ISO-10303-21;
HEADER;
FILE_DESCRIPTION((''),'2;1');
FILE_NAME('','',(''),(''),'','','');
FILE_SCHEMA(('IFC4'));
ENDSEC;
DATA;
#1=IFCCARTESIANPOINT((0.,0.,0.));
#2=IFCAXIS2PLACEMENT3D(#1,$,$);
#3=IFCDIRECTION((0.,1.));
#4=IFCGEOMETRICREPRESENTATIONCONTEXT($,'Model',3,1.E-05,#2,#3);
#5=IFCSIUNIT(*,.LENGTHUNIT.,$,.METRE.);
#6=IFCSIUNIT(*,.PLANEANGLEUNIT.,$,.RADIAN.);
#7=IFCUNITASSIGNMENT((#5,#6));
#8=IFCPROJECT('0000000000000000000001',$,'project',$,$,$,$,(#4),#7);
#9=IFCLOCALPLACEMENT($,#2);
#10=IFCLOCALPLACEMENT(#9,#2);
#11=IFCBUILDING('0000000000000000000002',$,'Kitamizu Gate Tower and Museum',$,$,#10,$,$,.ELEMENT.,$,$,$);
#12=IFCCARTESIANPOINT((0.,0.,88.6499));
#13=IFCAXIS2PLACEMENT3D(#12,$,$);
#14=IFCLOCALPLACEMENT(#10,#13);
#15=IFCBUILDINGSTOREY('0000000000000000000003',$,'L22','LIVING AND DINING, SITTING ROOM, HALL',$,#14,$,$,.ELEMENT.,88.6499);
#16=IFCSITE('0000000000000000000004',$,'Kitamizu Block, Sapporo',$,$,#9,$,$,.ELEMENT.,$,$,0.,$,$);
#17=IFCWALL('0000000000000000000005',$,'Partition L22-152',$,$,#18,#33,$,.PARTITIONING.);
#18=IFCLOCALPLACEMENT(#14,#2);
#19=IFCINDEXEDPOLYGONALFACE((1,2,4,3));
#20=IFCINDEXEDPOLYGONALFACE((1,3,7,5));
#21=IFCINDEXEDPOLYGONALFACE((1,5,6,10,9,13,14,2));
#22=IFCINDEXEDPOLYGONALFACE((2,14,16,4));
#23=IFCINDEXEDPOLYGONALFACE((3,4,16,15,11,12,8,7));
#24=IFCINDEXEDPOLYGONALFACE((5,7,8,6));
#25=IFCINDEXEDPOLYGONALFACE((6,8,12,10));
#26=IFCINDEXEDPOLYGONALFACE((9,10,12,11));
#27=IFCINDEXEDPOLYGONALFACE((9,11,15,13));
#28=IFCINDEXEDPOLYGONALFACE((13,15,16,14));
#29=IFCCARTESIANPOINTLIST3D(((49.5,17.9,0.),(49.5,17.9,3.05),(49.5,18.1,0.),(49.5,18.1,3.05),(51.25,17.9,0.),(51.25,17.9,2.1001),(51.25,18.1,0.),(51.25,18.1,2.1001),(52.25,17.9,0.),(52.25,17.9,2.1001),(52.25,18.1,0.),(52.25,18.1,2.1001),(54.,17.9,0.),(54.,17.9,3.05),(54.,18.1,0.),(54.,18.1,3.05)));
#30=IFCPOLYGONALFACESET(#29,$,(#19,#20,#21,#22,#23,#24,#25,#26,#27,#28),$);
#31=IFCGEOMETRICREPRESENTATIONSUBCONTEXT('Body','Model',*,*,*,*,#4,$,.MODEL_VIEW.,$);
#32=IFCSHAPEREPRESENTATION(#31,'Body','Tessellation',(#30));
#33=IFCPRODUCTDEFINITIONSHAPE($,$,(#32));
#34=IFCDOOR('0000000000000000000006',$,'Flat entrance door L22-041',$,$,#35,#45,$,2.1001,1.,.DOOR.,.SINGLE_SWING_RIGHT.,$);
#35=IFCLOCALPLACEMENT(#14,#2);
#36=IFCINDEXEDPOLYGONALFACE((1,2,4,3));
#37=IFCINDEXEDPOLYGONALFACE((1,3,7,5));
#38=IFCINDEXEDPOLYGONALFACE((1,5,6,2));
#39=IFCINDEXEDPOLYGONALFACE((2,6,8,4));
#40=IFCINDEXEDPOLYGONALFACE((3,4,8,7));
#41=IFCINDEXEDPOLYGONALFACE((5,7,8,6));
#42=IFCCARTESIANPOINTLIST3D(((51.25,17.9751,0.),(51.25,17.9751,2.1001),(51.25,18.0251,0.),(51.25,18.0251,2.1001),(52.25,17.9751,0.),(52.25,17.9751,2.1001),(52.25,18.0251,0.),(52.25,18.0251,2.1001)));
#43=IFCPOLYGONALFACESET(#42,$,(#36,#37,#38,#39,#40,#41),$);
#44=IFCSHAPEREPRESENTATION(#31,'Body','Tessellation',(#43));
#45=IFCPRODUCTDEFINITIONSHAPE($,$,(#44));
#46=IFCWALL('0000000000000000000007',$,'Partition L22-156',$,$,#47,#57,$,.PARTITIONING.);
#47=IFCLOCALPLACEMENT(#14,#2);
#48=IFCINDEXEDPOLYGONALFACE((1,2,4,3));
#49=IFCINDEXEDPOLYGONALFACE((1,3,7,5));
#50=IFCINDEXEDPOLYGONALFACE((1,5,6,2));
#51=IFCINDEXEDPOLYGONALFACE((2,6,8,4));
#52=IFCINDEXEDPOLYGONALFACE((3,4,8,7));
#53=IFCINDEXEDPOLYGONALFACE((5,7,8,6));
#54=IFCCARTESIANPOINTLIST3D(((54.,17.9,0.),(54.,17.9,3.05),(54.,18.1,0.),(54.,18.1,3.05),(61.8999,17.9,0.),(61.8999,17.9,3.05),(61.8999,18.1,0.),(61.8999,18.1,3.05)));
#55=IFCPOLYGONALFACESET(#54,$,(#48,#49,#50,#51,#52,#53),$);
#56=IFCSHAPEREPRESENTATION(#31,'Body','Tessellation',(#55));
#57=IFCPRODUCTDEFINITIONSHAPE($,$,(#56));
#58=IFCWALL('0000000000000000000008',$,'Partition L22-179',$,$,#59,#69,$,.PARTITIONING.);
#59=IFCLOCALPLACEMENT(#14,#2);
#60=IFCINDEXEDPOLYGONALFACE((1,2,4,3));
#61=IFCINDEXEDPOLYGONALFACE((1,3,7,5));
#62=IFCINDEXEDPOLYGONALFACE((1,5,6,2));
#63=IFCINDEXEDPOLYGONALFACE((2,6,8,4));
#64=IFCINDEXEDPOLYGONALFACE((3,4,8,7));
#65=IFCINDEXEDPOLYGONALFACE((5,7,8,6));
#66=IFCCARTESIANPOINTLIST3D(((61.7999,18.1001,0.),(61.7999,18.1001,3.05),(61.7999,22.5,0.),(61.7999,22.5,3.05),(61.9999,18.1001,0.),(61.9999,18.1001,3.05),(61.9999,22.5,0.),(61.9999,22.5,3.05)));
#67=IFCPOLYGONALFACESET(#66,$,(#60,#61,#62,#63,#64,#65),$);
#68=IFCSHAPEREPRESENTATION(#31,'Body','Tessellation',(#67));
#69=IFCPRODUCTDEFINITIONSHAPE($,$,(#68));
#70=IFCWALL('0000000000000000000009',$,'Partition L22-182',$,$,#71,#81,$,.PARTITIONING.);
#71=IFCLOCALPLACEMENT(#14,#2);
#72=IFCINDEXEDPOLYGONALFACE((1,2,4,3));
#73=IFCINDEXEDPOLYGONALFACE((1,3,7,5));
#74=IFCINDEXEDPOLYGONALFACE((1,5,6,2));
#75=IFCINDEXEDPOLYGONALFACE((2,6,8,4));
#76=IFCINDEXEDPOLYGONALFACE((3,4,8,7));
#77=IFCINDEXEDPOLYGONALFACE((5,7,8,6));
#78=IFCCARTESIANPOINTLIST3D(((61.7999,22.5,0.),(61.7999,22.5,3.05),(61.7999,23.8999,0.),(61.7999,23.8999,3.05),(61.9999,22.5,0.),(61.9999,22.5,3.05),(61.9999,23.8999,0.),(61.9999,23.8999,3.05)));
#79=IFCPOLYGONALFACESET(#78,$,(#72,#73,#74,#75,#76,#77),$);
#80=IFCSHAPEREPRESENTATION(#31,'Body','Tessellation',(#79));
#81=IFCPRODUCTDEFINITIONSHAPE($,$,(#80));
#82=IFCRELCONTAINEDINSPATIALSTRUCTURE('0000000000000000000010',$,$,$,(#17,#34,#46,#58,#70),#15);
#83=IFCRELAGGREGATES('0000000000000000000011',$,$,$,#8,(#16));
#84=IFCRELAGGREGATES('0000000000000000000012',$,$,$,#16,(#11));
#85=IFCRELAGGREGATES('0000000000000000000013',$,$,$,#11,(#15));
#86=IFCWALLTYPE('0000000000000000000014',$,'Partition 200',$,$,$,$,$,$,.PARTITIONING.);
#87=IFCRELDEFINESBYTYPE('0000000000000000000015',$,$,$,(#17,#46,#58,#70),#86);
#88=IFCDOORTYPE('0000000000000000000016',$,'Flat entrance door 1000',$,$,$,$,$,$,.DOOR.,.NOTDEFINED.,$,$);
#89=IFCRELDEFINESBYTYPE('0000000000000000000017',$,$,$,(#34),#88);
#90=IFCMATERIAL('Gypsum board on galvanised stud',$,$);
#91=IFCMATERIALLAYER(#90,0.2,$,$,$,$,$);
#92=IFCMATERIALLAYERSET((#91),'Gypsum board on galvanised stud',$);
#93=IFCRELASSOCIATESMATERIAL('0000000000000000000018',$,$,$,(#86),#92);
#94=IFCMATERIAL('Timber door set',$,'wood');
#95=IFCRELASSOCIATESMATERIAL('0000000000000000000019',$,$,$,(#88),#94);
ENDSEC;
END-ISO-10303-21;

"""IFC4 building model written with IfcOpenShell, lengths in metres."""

from ifc_helpers import new_model, si_unit, direction, frame, frame_2d, origin, place, context, subcontext, project, spatial, rectangle, extrude, material, layer, layer_set, type_object, element, fill, save


model = new_model("IFC4")

# Units and contexts
model_context = context("Model", 3, precision=1e-05, world=origin(), true_north=direction((0.0, 1.0)))
body_context = subcontext(model_context, "Body", "Model", "MODEL_VIEW")
ifc_project = project(units=[si_unit("LENGTHUNIT", "METRE"), si_unit("PLANEANGLEUNIT", "RADIAN")], contexts=[model_context])

# Site, building, storey
site_placement = place(None, origin())
site = spatial("IfcSite", under=ifc_project, at=site_placement, Name="Kitamizu Block, Sapporo", CompositionType="ELEMENT", RefElevation=0.0)
building_placement = place(site_placement, origin())
building = spatial("IfcBuilding", under=site, at=building_placement, Name="Kitamizu Gate Tower and Museum", CompositionType="ELEMENT")
storey_placement = place(building_placement, frame((0.0, 0.0, 88.6499)))
storey = spatial("IfcBuildingStorey", under=building, at=storey_placement, Name="L22", Description="LIVING AND DINING, SITTING ROOM, HALL", CompositionType="ELEMENT", Elevation=88.6499)

# Wall, opening, door
ifc_material_1 = material(Name="Gypsum board on galvanised stud")
ifc_layer_1 = layer(ifc_material_1, 0.2)
ifc_layer_set_1 = layer_set([ifc_layer_1], Name="Gypsum board on galvanised stud")
wall_type_1 = type_object("IfcWallType", Name="Partition 200", PredefinedType="PARTITIONING", material=ifc_layer_set_1)
wall_1_placement = place(storey_placement, frame((54.0, 18.0, 0.0), z_axis=(0.0, 0.0, 1.0), x_axis=(-1.0, 0.0, 0.0)))
wall_1 = element("IfcWall", 1, at=wall_1_placement, inside=storey, type_object=wall_type_1, Name="Partition L22-152", PredefinedType="PARTITIONING", context=body_context, shape_type="SweptSolid", body=[
    extrude(rectangle(XDim=4.5, YDim=0.2, at=frame_2d((2.25, 0.0))), origin(), (0.0, 0.0, 1.0), 3.05),
])
opening_1_placement = place(wall_1_placement, frame((1.75, 0.0, 0.0)))
opening_1 = element("IfcOpeningElement", 2, at=opening_1_placement, cuts=wall_1, PredefinedType="OPENING", context=body_context, shape_type="SweptSolid", body=[
    extrude(rectangle(XDim=1.0, YDim=2.1001, at=frame_2d((0.5, 1.05))), frame((0.0, 0.1099, 0.0), z_axis=(0.0, -1.0, 0.0), x_axis=(1.0, 0.0, 0.0)), (0.0, 0.0, 1.0), 0.22),
])
ifc_material_2 = material(Name="Timber door set", Category="wood")
door_type_1 = type_object("IfcDoorType", Name="Flat entrance door 1000", OperationType="NOTDEFINED", PredefinedType="DOOR", material=ifc_material_2)
door_1_placement = place(opening_1_placement, origin())
door_1 = element("IfcDoor", 3, at=door_1_placement, inside=storey, type_object=door_type_1, Name="Flat entrance door L22-041", OperationType="SINGLE_SWING_RIGHT", OverallHeight=2.1001, OverallWidth=1.0, PredefinedType="DOOR", context=body_context, shape_type="SweptSolid", body=[
    extrude(rectangle(XDim=1.0, YDim=2.1001, at=frame_2d((0.5, 1.05))), frame((0.0, 0.0249, 0.0), z_axis=(0.0, -1.0, 0.0), x_axis=(1.0, 0.0, 0.0)), (0.0, 0.0, 1.0), 0.05),
])
fill(opening_1, door_1)

# Walls
wall_2_placement = place(storey_placement, frame((61.8999, 18.0, 0.0), z_axis=(0.0, 0.0, 1.0), x_axis=(-1.0, 0.0, 0.0)))
element("IfcWall", 4, at=wall_2_placement, inside=storey, type_object=wall_type_1, Name="Partition L22-156", PredefinedType="PARTITIONING", context=body_context, shape_type="SweptSolid", body=[
    extrude(rectangle(XDim=7.8999, YDim=0.2, at=frame_2d((3.95, 0.0))), origin(), (0.0, 0.0, 1.0), 3.05),
])
wall_3_placement = place(storey_placement, frame((61.8999, 22.5, 0.0), z_axis=(0.0, 0.0, 1.0), x_axis=(0.0, -1.0, 0.0)))
element("IfcWall", 5, at=wall_3_placement, inside=storey, type_object=wall_type_1, Name="Partition L22-179", PredefinedType="PARTITIONING", context=body_context, shape_type="SweptSolid", body=[
    extrude(rectangle(XDim=4.3999, YDim=0.2, at=frame_2d((2.2, 0.0))), origin(), (0.0, 0.0, 1.0), 3.05),
])
wall_4_placement = place(storey_placement, frame((61.8999, 23.8999, 0.0), z_axis=(0.0, 0.0, 1.0), x_axis=(0.0, -1.0, 0.0)))
element("IfcWall", 6, at=wall_4_placement, inside=storey, type_object=wall_type_1, Name="Partition L22-182", PredefinedType="PARTITIONING", context=body_context, shape_type="SweptSolid", body=[
    extrude(rectangle(XDim=1.3999, YDim=0.2, at=frame_2d((0.7, 0.0))), origin(), (0.0, 0.0, 1.0), 3.05),
])

save(model, "model.ifc")
